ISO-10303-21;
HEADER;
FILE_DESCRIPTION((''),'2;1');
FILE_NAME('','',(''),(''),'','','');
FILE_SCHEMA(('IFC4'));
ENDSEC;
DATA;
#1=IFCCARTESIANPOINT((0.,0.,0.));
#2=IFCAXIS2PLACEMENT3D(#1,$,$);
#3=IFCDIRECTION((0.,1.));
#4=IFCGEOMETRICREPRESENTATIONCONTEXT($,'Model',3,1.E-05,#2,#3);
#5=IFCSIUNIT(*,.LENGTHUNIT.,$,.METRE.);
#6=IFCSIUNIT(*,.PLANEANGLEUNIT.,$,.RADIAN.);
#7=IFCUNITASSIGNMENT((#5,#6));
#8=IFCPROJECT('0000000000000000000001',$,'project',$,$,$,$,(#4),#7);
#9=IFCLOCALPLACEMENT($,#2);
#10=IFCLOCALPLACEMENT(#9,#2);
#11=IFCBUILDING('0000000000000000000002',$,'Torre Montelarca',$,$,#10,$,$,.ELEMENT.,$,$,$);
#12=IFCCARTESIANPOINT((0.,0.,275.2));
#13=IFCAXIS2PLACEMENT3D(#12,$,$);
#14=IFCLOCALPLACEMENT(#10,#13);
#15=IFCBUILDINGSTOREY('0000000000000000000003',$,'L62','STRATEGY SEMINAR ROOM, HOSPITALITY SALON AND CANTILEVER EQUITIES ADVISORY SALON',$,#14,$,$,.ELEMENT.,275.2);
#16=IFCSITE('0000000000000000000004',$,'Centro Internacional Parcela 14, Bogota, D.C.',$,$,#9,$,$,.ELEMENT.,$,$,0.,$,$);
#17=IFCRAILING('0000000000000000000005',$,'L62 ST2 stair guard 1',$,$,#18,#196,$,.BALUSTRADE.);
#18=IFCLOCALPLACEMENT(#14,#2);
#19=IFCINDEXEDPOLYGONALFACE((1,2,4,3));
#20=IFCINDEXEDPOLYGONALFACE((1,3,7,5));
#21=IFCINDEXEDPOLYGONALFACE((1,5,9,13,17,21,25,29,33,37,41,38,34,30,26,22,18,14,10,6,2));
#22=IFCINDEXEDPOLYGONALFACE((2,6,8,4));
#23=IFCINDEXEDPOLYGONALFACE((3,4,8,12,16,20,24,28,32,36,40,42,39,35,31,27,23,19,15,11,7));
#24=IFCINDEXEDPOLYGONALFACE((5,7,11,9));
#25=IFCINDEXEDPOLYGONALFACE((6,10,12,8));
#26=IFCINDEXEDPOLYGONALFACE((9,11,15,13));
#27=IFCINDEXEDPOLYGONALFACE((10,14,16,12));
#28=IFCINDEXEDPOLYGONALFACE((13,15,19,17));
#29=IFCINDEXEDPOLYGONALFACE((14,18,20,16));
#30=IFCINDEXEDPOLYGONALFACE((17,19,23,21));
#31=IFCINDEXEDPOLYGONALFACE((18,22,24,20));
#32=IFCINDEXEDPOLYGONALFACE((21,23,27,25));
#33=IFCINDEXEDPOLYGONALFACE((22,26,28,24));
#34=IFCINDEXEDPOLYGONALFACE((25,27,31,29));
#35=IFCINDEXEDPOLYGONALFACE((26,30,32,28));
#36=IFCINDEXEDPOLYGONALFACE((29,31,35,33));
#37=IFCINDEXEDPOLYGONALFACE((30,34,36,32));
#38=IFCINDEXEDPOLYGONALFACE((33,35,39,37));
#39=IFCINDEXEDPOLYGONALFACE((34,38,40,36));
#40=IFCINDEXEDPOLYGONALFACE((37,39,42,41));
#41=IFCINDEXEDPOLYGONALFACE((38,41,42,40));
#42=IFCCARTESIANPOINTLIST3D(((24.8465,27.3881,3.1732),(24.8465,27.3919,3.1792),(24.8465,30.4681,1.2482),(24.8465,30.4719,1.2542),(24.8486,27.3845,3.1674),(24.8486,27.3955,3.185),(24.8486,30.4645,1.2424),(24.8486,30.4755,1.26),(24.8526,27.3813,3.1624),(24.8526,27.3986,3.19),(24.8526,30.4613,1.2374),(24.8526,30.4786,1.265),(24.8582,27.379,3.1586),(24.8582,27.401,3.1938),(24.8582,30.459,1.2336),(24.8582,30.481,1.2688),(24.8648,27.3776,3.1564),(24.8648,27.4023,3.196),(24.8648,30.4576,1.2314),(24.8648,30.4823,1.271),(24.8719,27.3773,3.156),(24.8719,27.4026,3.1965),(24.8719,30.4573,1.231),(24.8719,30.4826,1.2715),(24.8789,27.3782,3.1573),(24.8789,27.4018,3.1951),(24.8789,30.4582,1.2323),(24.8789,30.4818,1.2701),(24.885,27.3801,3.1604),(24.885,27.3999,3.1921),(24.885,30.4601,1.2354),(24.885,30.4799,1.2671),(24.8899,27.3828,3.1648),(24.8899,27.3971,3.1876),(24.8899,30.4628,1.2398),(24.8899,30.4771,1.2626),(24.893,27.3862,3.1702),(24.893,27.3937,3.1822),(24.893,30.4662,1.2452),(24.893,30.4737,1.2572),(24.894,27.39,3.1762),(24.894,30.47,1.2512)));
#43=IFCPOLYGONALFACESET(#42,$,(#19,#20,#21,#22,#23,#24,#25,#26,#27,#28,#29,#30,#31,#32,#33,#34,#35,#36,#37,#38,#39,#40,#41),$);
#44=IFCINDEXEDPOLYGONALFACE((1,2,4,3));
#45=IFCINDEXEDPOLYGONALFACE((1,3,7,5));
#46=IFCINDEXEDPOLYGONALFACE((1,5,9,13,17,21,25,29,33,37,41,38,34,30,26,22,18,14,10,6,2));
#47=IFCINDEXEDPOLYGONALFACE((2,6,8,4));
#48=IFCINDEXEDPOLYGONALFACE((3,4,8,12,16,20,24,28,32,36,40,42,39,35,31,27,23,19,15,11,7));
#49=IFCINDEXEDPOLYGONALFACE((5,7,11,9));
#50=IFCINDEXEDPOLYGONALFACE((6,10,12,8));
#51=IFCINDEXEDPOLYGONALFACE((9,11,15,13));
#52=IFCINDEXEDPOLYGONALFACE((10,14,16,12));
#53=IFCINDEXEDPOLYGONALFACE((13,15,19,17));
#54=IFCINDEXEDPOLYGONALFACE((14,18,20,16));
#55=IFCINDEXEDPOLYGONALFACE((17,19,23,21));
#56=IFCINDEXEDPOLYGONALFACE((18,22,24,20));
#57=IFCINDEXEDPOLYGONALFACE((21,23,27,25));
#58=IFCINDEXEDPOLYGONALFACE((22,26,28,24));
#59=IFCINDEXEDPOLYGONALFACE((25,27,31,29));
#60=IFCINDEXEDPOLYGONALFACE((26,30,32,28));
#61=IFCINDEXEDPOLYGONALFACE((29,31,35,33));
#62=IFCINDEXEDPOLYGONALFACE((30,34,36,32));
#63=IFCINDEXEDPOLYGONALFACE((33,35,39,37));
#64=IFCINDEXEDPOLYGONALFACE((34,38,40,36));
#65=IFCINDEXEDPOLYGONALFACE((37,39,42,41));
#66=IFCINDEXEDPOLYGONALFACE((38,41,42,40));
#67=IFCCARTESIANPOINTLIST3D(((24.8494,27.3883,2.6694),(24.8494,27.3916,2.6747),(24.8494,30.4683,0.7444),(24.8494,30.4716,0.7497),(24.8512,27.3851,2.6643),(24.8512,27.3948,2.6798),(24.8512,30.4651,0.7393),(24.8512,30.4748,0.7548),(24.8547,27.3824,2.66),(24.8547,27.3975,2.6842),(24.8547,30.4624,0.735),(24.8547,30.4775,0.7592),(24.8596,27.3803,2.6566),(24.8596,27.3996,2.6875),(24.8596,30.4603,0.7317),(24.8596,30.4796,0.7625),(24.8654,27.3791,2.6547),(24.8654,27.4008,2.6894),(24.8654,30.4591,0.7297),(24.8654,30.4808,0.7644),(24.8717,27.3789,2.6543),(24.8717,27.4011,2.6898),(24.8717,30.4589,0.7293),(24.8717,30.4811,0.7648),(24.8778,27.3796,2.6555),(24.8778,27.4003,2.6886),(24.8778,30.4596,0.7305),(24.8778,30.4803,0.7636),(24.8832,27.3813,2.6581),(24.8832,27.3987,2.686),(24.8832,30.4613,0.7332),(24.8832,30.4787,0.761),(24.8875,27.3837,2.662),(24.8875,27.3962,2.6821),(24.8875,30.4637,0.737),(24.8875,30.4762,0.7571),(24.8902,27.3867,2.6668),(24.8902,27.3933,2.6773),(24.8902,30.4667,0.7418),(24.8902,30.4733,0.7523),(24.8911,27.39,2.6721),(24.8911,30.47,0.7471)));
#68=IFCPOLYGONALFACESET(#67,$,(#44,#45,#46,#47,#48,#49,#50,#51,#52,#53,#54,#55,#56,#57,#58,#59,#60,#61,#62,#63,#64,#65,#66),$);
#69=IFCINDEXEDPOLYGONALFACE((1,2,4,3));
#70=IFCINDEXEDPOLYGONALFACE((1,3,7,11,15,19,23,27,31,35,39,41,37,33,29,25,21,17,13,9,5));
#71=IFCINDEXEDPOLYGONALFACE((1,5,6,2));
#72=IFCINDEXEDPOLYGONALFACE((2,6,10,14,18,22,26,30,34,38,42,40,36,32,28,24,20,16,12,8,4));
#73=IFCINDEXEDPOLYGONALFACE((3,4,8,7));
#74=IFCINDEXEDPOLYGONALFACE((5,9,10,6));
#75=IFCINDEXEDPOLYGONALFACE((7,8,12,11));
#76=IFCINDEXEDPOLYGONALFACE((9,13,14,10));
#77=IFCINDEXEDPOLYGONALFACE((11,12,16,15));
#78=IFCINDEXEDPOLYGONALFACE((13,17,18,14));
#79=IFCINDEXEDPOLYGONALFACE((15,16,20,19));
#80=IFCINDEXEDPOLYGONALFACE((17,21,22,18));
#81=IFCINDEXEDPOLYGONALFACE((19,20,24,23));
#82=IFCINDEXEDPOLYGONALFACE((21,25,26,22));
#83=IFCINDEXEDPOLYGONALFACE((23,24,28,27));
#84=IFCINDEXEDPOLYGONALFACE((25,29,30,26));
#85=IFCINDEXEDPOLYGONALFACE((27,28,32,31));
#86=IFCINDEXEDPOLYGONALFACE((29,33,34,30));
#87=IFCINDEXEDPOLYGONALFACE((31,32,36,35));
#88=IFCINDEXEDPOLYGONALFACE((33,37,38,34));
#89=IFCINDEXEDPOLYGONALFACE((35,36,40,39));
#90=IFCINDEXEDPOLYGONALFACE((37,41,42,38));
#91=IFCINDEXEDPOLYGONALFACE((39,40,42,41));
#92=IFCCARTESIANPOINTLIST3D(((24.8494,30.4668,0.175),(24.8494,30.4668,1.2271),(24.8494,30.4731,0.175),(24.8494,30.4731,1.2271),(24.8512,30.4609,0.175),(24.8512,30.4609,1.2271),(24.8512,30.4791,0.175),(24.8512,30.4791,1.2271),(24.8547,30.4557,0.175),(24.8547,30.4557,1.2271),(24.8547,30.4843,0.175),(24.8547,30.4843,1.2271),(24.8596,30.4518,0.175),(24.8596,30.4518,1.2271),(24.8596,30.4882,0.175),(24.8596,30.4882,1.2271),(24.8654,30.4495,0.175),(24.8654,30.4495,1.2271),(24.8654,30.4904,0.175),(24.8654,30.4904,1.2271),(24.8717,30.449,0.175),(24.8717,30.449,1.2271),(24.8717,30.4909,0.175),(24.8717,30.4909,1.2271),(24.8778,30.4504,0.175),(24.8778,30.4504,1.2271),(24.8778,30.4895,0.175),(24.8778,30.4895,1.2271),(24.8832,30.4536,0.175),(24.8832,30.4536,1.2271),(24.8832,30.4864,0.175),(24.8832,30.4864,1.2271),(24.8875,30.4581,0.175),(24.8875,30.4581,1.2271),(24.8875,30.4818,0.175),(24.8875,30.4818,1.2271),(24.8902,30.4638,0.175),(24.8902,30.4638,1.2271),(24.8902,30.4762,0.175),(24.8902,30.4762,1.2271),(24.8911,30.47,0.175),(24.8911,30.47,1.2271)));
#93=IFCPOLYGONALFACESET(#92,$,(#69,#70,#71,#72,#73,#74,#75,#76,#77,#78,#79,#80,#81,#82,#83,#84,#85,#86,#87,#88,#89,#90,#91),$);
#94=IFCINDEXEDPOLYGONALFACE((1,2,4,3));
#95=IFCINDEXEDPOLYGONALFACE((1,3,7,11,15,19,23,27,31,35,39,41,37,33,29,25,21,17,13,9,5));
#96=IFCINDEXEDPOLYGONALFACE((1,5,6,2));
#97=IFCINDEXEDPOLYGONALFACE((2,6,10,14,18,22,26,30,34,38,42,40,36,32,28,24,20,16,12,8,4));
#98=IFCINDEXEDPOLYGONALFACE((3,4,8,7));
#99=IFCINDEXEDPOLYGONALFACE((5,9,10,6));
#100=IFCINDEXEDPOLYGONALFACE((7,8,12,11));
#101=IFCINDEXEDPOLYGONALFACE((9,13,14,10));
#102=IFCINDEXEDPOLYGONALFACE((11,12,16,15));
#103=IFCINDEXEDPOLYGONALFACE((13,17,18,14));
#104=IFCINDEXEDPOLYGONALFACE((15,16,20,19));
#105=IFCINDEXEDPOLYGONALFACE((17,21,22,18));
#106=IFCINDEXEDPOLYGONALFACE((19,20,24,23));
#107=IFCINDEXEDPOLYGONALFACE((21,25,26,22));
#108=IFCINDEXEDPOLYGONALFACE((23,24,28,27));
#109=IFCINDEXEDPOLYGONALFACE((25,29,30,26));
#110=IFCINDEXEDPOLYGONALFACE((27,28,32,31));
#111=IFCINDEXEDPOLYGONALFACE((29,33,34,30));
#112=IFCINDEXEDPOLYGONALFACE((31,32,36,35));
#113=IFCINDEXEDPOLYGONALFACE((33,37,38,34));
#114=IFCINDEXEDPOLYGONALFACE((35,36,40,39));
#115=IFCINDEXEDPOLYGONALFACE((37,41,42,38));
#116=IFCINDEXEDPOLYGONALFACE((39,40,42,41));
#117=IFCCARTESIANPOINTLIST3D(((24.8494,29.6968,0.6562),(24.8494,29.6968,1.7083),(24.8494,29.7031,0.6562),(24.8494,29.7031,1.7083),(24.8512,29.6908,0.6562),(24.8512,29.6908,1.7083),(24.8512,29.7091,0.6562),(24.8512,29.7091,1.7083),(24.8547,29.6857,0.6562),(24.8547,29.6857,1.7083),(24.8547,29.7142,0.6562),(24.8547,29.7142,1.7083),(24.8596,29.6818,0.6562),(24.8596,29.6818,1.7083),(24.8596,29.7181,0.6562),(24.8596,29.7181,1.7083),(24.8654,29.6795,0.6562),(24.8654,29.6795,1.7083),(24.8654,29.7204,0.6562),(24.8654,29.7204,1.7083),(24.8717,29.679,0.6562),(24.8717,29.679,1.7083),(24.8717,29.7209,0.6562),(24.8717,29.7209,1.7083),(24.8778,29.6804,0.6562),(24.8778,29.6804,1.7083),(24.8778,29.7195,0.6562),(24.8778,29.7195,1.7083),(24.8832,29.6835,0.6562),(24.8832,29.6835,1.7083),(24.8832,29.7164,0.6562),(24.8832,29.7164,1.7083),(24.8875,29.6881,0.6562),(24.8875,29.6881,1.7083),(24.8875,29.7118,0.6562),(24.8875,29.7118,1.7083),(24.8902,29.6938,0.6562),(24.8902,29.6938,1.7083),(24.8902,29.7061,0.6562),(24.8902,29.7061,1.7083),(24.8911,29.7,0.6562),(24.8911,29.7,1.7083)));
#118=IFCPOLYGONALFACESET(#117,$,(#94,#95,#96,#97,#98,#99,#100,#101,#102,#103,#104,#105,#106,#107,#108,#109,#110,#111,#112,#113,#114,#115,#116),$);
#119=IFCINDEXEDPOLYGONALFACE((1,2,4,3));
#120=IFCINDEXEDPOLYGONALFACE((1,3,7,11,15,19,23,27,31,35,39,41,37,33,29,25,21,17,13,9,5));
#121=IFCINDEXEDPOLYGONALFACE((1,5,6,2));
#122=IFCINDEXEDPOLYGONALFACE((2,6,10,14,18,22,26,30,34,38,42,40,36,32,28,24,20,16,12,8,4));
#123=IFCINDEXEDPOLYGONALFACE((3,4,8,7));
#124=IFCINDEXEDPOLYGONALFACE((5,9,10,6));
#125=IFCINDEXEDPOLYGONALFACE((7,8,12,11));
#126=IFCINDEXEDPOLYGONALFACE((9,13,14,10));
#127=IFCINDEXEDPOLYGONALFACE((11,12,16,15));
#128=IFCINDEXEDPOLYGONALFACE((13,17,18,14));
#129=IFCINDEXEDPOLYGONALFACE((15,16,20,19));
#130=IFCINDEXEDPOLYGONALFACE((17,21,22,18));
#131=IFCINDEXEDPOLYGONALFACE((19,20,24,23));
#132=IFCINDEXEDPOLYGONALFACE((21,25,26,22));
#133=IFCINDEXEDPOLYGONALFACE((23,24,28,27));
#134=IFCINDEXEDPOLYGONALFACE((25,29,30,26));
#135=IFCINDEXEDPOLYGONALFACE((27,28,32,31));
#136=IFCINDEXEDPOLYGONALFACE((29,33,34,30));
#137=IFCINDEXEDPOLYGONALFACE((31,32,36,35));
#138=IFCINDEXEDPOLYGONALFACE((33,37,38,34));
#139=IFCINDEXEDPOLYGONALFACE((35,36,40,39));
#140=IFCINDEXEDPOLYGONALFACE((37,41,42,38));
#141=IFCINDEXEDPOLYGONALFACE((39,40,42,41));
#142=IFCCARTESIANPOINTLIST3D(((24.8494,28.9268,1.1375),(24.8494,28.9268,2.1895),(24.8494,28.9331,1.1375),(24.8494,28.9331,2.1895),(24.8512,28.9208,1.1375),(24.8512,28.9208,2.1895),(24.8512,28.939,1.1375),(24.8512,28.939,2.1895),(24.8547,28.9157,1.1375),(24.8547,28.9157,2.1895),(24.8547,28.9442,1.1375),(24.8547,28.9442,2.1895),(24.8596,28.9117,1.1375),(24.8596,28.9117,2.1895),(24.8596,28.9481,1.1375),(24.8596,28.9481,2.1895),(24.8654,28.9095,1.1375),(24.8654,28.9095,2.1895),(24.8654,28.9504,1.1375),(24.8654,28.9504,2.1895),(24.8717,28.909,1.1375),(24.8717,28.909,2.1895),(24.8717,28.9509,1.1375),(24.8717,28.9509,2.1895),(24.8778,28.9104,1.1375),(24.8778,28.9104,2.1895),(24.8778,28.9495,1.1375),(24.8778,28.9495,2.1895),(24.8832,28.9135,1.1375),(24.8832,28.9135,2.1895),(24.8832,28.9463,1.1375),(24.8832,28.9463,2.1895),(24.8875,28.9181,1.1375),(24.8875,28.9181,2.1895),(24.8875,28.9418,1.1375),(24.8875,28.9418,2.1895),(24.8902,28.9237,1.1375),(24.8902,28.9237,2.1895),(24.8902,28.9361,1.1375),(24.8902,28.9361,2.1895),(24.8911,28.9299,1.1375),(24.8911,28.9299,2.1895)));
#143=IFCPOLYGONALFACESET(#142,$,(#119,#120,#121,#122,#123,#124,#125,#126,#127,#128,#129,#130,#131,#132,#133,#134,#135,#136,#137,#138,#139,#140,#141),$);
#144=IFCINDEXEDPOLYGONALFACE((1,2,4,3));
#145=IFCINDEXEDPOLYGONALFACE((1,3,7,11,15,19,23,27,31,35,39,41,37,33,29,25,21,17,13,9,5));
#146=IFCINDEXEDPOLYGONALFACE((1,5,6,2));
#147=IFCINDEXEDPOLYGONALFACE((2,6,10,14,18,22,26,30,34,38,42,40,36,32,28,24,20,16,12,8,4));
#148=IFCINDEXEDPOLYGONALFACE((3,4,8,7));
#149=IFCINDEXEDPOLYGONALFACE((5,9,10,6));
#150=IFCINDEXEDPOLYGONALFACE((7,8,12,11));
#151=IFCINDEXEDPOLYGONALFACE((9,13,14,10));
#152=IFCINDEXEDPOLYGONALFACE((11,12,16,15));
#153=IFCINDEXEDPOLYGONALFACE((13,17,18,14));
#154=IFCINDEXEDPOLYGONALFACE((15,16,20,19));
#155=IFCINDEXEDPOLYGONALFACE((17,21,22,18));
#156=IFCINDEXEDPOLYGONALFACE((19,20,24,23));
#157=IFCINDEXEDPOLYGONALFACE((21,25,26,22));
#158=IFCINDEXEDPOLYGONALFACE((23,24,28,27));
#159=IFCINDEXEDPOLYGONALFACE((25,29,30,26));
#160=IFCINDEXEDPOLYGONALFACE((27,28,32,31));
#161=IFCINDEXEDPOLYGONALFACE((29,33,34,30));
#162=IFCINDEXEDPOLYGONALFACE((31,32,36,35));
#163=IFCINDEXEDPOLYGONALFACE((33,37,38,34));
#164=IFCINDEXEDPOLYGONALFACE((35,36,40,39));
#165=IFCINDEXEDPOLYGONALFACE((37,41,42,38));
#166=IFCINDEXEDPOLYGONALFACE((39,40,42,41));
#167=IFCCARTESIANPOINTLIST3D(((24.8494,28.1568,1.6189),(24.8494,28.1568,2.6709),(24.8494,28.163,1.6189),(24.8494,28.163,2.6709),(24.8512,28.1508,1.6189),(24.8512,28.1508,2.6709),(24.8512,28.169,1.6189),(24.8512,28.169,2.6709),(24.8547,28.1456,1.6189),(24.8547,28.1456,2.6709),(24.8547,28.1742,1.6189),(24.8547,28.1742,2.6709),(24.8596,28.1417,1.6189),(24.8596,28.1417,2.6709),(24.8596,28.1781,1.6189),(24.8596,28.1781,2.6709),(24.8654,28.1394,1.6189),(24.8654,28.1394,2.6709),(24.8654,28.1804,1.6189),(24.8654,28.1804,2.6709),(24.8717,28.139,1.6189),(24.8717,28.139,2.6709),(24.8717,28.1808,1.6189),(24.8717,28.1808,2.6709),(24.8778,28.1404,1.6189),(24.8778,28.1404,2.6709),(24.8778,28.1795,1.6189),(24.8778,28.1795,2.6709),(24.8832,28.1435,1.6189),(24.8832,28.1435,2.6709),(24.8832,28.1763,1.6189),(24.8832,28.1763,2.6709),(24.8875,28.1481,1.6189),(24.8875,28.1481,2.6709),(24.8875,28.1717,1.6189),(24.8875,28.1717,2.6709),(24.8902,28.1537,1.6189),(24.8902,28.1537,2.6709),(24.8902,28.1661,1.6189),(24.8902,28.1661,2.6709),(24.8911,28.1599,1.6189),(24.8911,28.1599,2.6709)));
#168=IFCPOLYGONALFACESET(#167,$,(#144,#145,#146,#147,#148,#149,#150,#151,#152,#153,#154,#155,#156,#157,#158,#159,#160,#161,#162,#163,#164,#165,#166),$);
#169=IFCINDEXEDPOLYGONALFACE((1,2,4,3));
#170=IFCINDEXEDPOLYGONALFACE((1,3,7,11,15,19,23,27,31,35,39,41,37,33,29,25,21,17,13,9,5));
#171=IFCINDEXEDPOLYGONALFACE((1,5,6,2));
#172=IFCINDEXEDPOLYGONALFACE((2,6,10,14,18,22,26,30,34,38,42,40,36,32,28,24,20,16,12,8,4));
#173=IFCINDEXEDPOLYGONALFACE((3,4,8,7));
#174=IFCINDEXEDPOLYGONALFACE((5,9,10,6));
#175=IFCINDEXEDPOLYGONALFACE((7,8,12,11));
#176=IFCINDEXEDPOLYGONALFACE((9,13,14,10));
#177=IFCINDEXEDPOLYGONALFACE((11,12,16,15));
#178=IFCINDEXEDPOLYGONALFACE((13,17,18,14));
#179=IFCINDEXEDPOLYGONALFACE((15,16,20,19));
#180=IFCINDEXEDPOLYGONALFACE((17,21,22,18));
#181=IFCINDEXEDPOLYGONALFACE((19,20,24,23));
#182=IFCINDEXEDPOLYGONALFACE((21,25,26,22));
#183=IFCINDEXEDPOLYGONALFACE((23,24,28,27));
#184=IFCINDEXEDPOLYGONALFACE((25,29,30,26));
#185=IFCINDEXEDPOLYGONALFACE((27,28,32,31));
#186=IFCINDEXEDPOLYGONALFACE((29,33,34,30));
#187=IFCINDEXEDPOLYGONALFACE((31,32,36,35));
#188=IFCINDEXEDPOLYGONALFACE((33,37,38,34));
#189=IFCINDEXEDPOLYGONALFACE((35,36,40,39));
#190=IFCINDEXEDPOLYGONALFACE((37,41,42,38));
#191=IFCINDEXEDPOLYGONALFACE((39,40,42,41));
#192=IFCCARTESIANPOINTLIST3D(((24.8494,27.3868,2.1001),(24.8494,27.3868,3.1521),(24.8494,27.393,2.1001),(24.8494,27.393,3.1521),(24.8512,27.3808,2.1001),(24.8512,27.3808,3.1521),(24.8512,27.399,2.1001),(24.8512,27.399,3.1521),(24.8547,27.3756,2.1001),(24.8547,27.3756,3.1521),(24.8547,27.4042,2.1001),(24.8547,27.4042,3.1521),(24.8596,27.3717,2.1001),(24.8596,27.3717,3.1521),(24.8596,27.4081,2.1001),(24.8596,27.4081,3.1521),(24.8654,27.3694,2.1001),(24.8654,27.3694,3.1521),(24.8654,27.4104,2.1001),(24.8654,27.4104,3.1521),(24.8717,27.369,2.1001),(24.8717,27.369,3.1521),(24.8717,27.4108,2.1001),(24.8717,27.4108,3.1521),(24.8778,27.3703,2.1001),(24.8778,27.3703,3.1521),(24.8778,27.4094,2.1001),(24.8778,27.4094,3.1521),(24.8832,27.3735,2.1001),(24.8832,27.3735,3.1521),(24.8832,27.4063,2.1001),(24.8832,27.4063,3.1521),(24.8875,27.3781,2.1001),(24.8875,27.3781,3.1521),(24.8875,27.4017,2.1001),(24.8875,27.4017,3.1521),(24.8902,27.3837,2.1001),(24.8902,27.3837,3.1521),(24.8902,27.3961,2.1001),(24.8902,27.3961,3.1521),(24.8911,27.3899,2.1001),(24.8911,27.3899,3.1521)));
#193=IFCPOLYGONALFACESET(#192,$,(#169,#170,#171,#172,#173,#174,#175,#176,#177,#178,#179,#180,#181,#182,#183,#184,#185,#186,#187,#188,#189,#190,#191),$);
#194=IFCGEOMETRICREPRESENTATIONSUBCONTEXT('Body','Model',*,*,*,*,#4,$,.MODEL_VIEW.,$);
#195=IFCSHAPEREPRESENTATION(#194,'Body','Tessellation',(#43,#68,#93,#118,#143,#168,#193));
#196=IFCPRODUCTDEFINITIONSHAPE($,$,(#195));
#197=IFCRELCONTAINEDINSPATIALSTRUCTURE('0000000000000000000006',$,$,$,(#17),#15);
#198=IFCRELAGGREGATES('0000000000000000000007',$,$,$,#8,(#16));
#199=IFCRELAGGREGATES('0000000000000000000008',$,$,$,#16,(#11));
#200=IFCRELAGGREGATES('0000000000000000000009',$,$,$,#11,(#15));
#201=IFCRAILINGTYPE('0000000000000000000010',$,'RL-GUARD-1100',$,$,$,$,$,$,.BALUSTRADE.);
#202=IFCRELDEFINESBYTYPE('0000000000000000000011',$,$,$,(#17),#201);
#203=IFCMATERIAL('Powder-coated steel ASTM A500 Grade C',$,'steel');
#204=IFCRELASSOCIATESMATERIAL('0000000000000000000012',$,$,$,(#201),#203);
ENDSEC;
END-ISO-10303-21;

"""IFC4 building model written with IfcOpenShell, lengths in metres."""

from ifc_helpers import new_model, si_unit, direction, frame, origin, origin_2d, place, context, subcontext, project, spatial, circle, extrude, material, type_object, element, save


model = new_model("IFC4")

# Units and contexts
model_context = context("Model", 3, precision=1e-05, world=origin(), true_north=direction((0.0, 1.0)))
body_context = subcontext(model_context, "Body", "Model", "MODEL_VIEW")
ifc_project = project(units=[si_unit("LENGTHUNIT", "METRE"), si_unit("PLANEANGLEUNIT", "RADIAN")], contexts=[model_context])

# Site, building, storey
site_placement = place(None, origin())
site = spatial("IfcSite", under=ifc_project, at=site_placement, Name="Centro Internacional Parcela 14, Bogota, D.C.", CompositionType="ELEMENT", RefElevation=0.0)
building_placement = place(site_placement, origin())
building = spatial("IfcBuilding", under=site, at=building_placement, Name="Torre Montelarca", CompositionType="ELEMENT")
storey_placement = place(building_placement, frame((0.0, 0.0, 275.2)))
storey = spatial("IfcBuildingStorey", under=building, at=storey_placement, Name="L62", Description="STRATEGY SEMINAR ROOM, HOSPITALITY SALON AND CANTILEVER EQUITIES ADVISORY SALON", CompositionType="ELEMENT", Elevation=275.2)

# Railing
ifc_material_1 = material(Name="Powder-coated steel ASTM A500 Grade C", Category="steel")
railing_type_1 = type_object("IfcRailingType", Name="RL-GUARD-1100", PredefinedType="BALUSTRADE", material=ifc_material_1)
railing_1_placement = place(storey_placement, frame((24.8701, 30.47, 0.175)))
element("IfcRailing", 1, at=railing_1_placement, inside=storey, type_object=railing_type_1, Name="L62 ST2 stair guard 1", PredefinedType="BALUSTRADE", context=body_context, shape_type="SweptSolid", body=[
    extrude(circle(Radius=0.0239, at=origin_2d()), frame((0.0, 0.0, 1.0762), z_axis=(0.0, -0.847998, 0.529999), x_axis=(1.0, 0.0, 0.0)), (0.0, 0.0, 1.0), 3.6321),
    extrude(circle(Radius=0.021, at=origin_2d()), frame((0.0, 0.0, 0.572), z_axis=(0.0, -0.847998, 0.529999), x_axis=(1.0, 0.0, 0.0)), (0.0, 0.0, 1.0), 3.6321),
    extrude(circle(Radius=0.021, at=origin_2d()), origin(), (0.0, 0.0, 1.0), 1.052),
    extrude(circle(Radius=0.021, at=origin_2d()), frame((0.0, -0.77, 0.4812)), (0.0, 0.0, 1.0), 1.052),
    extrude(circle(Radius=0.021, at=origin_2d()), frame((0.0, -1.54, 0.9624)), (0.0, 0.0, 1.0), 1.052),
    extrude(circle(Radius=0.021, at=origin_2d()), frame((0.0, -2.3101, 1.4438)), (0.0, 0.0, 1.0), 1.052),
    extrude(circle(Radius=0.021, at=origin_2d()), frame((0.0, -3.0801, 1.925)), (0.0, 0.0, 1.0), 1.052),
])

save(model, "model.ifc")
